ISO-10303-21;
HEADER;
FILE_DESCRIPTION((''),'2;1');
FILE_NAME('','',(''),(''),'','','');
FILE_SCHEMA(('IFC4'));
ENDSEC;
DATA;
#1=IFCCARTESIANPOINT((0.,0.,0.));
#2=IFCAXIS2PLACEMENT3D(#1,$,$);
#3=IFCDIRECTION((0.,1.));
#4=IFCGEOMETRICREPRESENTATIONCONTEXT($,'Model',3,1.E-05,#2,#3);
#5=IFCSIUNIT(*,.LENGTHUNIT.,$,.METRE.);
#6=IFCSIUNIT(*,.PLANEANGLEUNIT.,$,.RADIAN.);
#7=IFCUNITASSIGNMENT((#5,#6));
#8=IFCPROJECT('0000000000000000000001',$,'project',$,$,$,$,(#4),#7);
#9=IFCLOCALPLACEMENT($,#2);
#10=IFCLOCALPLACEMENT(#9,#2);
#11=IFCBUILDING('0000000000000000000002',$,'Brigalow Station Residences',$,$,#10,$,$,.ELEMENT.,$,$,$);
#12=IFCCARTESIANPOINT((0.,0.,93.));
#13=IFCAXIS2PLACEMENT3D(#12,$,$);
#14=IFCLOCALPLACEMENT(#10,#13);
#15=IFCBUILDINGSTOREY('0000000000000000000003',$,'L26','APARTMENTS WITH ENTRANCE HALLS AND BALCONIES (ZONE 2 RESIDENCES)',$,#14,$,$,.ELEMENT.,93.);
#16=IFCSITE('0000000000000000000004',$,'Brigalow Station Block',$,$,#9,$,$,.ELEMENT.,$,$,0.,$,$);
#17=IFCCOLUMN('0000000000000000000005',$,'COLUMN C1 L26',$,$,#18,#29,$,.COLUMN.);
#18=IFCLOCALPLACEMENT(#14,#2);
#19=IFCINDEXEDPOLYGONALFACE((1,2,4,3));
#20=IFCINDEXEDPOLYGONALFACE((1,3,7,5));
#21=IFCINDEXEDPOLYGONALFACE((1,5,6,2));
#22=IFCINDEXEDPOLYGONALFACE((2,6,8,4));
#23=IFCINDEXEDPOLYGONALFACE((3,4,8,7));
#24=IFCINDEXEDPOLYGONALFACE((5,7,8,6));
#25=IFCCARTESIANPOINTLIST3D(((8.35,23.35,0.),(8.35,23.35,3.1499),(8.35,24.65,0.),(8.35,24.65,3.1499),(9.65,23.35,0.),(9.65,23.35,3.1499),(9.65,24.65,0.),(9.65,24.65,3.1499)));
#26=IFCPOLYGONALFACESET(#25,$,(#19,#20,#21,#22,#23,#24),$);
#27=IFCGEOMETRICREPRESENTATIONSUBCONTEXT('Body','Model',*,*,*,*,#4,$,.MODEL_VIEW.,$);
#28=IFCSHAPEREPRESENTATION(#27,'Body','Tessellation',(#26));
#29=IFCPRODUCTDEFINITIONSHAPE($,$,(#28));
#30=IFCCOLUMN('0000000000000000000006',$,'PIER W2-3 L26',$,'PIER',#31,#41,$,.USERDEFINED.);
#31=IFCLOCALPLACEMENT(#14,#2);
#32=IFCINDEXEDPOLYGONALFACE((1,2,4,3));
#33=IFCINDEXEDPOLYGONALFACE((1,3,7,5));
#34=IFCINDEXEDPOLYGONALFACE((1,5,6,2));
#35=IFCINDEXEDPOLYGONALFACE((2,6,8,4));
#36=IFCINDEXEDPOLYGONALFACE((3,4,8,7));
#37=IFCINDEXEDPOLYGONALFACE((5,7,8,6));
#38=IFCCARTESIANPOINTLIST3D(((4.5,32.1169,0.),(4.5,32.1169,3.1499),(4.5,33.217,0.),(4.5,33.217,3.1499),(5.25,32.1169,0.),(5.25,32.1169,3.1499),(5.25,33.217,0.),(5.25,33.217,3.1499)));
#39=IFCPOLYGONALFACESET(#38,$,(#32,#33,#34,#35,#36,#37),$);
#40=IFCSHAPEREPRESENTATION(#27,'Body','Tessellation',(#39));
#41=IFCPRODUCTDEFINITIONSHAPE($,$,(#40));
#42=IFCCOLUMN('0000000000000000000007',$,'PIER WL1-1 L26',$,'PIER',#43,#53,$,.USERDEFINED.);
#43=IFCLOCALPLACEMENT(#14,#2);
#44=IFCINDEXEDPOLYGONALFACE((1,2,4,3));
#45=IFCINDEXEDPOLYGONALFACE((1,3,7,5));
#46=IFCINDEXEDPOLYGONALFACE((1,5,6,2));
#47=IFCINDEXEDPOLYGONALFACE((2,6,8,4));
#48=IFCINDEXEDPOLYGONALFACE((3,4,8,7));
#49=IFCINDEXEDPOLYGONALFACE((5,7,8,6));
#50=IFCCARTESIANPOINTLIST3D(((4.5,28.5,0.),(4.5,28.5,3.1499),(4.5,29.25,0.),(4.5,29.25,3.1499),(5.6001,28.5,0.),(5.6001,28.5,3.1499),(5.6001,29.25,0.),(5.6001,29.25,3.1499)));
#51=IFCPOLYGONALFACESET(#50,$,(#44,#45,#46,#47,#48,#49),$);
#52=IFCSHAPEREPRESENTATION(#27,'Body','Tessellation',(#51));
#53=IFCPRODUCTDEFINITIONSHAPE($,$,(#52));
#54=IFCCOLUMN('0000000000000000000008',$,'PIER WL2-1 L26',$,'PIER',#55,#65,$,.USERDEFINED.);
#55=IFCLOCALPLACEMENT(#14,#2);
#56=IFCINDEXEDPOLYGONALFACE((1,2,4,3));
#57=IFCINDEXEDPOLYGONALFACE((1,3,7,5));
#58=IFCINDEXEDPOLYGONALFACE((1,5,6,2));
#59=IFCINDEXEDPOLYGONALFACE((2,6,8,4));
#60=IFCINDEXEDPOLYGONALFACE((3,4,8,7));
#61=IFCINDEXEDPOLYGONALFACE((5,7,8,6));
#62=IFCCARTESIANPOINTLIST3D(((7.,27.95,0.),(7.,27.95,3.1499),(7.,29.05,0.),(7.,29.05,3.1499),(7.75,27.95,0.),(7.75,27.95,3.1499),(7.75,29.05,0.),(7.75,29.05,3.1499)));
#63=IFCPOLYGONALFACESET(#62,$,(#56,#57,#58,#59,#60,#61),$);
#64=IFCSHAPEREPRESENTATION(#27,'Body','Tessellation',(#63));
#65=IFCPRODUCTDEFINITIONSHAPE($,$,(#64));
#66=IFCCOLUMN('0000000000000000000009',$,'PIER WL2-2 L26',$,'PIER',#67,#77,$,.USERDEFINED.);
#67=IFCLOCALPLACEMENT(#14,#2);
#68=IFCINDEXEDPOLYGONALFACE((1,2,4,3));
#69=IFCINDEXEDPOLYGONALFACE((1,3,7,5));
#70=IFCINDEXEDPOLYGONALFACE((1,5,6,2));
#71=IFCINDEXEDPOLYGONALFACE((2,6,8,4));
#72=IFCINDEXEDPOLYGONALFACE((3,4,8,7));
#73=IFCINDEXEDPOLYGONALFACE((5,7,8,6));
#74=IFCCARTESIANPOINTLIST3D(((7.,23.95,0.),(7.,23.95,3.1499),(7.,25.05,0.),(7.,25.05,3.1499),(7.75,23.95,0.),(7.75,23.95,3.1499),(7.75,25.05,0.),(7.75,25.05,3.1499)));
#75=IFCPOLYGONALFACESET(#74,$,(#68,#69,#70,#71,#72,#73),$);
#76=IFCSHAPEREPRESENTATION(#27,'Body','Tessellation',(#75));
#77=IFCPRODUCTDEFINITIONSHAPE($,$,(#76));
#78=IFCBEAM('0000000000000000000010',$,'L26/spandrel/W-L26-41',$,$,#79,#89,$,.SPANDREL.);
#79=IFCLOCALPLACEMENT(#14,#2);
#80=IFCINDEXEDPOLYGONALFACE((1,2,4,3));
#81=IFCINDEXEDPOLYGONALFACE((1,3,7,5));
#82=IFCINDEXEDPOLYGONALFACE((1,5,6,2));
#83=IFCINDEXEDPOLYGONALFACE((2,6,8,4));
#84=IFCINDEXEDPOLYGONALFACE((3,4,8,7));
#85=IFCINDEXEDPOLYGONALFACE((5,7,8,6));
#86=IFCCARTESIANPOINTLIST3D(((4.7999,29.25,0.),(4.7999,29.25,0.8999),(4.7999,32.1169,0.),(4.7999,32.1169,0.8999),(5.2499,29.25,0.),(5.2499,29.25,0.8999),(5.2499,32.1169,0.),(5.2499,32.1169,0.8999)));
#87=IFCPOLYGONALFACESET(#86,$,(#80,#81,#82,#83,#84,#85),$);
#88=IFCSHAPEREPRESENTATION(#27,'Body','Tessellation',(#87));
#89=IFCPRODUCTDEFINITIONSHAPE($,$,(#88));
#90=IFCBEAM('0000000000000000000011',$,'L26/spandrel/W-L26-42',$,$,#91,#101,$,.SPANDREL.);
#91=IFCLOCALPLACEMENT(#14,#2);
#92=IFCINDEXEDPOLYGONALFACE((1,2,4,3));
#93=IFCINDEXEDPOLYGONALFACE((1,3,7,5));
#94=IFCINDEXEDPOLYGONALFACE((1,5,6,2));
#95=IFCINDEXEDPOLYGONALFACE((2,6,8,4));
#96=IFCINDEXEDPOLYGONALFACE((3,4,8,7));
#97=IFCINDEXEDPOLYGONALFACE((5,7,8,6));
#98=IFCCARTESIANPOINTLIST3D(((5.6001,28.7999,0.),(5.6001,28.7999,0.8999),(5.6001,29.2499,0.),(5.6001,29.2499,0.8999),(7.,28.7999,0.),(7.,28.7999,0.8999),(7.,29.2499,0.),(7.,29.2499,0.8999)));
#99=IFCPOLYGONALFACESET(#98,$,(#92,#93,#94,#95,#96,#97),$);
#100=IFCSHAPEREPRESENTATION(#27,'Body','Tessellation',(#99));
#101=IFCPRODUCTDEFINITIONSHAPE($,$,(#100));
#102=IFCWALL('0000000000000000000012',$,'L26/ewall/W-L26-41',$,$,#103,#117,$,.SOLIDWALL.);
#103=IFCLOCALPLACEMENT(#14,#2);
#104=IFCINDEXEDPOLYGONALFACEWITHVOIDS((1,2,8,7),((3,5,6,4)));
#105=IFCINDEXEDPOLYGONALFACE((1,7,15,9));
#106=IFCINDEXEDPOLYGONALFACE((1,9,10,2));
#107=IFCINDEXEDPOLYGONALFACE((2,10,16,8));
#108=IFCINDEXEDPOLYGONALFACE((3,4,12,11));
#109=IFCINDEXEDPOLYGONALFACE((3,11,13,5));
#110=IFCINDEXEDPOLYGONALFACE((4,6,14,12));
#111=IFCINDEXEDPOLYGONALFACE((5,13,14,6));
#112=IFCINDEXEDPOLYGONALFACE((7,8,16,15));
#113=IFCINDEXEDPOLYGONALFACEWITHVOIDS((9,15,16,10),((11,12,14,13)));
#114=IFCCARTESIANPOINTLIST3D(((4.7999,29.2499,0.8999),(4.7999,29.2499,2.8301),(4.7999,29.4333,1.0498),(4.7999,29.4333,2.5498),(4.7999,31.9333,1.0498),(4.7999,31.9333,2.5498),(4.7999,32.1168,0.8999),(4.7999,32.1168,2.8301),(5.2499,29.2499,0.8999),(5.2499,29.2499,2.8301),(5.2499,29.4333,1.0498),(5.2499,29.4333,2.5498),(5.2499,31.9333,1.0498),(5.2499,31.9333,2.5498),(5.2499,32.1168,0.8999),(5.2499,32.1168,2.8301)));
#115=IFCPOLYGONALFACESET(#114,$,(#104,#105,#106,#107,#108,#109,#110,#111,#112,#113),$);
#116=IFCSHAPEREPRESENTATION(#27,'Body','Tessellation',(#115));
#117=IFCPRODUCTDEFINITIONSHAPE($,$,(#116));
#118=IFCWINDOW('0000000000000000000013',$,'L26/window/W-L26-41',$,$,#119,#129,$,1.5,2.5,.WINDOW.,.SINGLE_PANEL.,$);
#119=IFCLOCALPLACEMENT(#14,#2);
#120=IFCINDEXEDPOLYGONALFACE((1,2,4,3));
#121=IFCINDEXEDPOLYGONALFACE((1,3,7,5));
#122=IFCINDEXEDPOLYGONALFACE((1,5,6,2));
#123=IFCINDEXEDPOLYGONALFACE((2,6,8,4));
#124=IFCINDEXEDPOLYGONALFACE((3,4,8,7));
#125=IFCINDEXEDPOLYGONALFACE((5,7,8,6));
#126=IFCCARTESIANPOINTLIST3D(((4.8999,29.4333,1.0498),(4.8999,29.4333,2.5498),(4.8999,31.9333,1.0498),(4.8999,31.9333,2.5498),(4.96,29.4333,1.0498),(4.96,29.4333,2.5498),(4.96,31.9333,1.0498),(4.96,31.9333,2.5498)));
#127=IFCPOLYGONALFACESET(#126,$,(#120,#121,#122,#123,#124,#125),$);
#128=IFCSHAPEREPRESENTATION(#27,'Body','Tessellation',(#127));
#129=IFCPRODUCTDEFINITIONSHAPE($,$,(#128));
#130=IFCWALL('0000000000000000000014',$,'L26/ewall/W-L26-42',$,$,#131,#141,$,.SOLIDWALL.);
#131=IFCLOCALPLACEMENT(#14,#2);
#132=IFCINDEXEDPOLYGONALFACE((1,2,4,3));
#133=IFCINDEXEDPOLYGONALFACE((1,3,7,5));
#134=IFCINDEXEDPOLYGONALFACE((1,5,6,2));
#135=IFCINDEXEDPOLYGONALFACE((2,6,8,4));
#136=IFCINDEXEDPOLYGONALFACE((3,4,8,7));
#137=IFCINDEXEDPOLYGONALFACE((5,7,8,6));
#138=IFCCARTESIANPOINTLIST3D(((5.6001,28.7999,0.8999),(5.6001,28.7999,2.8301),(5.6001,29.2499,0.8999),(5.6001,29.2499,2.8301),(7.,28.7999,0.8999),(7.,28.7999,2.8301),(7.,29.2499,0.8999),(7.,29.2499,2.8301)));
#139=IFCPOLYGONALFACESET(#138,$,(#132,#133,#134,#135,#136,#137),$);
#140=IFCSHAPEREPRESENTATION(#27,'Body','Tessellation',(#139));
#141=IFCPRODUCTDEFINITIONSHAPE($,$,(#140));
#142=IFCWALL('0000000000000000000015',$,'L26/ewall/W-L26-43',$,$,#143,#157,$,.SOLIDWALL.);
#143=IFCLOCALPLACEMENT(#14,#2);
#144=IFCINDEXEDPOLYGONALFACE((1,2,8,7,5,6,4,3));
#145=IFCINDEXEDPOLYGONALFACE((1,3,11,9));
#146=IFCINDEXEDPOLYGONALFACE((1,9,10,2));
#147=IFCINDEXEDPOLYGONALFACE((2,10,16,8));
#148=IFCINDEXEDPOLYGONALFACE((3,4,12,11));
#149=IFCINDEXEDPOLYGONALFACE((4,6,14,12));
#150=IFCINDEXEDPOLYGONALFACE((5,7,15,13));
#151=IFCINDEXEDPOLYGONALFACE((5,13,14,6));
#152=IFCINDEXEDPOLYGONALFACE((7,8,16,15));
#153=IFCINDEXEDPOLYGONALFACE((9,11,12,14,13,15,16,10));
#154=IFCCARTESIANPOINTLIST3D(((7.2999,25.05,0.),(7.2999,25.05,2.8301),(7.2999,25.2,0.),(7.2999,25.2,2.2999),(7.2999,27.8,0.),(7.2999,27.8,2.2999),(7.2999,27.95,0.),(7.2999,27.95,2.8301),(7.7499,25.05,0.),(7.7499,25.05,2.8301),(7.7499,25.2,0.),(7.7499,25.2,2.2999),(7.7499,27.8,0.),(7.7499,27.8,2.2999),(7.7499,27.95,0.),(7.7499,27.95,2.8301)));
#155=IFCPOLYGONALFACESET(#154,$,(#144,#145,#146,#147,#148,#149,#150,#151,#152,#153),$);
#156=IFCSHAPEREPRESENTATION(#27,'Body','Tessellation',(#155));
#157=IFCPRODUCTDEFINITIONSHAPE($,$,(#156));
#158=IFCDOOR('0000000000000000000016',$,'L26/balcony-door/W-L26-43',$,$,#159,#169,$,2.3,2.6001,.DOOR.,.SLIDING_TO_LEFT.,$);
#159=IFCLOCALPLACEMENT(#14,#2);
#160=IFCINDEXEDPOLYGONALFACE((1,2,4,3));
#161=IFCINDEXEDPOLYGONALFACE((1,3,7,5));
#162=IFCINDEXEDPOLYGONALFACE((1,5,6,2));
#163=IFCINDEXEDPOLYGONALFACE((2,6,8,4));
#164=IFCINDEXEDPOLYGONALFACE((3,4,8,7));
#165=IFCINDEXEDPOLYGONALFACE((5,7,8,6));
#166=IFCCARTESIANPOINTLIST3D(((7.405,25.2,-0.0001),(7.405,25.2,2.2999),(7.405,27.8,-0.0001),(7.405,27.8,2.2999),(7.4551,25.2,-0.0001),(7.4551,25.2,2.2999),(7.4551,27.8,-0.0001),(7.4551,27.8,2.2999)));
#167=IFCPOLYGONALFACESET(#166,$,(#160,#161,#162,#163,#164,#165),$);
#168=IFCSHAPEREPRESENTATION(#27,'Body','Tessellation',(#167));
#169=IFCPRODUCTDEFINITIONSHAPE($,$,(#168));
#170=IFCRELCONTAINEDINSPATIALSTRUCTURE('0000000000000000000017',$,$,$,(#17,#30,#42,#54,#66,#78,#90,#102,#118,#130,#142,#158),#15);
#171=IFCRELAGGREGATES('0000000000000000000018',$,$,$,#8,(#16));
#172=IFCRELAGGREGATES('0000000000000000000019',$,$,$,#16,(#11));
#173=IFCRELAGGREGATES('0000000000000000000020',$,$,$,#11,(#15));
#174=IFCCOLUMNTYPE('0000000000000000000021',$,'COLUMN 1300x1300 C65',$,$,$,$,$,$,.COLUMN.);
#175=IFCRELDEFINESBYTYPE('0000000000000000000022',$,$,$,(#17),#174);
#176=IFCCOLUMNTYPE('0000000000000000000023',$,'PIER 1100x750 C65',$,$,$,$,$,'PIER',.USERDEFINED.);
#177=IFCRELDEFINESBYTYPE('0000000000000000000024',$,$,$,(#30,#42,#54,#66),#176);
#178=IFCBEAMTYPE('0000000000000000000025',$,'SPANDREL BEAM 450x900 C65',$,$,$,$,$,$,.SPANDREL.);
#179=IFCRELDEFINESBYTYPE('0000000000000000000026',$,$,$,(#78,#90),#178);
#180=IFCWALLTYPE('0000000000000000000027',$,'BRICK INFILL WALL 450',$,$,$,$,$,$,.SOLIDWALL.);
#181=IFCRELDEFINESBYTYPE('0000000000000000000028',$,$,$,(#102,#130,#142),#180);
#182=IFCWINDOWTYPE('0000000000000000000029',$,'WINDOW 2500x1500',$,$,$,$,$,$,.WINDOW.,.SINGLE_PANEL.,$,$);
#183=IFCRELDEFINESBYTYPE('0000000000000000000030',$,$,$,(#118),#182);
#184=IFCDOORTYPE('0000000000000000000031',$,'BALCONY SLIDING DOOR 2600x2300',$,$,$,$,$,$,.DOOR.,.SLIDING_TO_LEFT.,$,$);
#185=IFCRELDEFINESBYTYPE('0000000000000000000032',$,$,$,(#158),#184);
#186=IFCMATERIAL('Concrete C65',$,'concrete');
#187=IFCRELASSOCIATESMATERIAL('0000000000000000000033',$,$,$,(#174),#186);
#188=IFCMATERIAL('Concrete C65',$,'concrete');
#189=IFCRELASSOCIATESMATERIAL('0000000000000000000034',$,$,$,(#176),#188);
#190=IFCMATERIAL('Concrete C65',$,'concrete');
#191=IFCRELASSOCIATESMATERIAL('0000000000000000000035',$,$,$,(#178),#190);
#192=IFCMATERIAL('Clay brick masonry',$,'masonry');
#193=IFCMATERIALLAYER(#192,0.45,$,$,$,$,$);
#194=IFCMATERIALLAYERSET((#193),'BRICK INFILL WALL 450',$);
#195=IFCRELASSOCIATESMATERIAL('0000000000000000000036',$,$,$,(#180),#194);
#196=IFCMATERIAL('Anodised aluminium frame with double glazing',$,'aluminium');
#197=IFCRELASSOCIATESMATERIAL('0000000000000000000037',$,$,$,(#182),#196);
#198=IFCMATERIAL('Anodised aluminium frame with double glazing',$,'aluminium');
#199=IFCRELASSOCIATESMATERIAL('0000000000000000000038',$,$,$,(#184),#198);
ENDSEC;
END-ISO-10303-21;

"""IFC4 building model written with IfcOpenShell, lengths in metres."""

from ifc_helpers import new_model, si_unit, direction, frame, frame_2d, origin, origin_2d, place, context, subcontext, project, spatial, rectangle, extrude, material, layer, layer_set, material_profile, profile_set, type_object, element, fill, save


model = new_model("IFC4")

# Units and contexts
model_context = context("Model", 3, precision=1e-05, world=origin(), true_north=direction((0.0, 1.0)))
body_context = subcontext(model_context, "Body", "Model", "MODEL_VIEW")
ifc_project = project(units=[si_unit("LENGTHUNIT", "METRE"), si_unit("PLANEANGLEUNIT", "RADIAN")], contexts=[model_context])

# Site, building, storey
site_placement = place(None, origin())
site = spatial("IfcSite", under=ifc_project, at=site_placement, Name="Brigalow Station Block", CompositionType="ELEMENT", RefElevation=0.0)
building_placement = place(site_placement, origin())
building = spatial("IfcBuilding", under=site, at=building_placement, Name="Brigalow Station Residences", CompositionType="ELEMENT")
storey_placement = place(building_placement, frame((0.0, 0.0, 93.0)))
storey = spatial("IfcBuildingStorey", under=building, at=storey_placement, Name="L26", Description="APARTMENTS WITH ENTRANCE HALLS AND BALCONIES (ZONE 2 RESIDENCES)", CompositionType="ELEMENT", Elevation=93.0)

# Columns
ifc_material_1 = material(Name="Concrete C65", Category="concrete")
ifc_material_profile_1 = material_profile(ifc_material_1, rectangle(XDim=1.3, YDim=1.3, at=origin_2d()), Name="RC1300x1300")
ifc_profile_set_1 = profile_set([ifc_material_profile_1], Name="Concrete C65")
column_type_1 = type_object("IfcColumnType", Name="COLUMN 1300x1300 C65", PredefinedType="COLUMN", material=ifc_profile_set_1)
column_placement = place(storey_placement, frame((9.0, 24.0, 0.0), z_axis=(0.0, 0.0, 1.0), x_axis=(1.0, 0.0, 0.0)))
element("IfcColumn", 1, at=column_placement, inside=storey, type_object=column_type_1, Name="COLUMN C1 L26", PredefinedType="COLUMN", context=body_context, shape_type="SweptSolid", body=[
    extrude(rectangle(XDim=1.3, YDim=1.3, at=origin_2d()), origin(), (0.0, 0.0, 1.0), 3.1499),
])
ifc_material_2 = material(Name="Concrete C65", Category="concrete")
ifc_material_profile_2 = material_profile(ifc_material_2, rectangle(XDim=1.1001, YDim=0.75, at=origin_2d()), Name="RC1100x750")
ifc_profile_set_2 = profile_set([ifc_material_profile_2], Name="Concrete C65")
column_type_2 = type_object("IfcColumnType", Name="PIER 1100x750 C65", ElementType="PIER", PredefinedType="USERDEFINED", material=ifc_profile_set_2)
for number, where, z_axis, x_axis, name in (
    (2, (4.875, 32.667, 0.0), (0.0, 0.0, 1.0), (0.0, -1.0, 0.0), "PIER W2-3 L26"),
    (3, (5.05, 28.875, 0.0), (0.0, 0.0, 1.0), (1.0, 0.0, 0.0), "PIER WL1-1 L26"),
    (4, (7.375, 28.5, 0.0), (0.0, 0.0, 1.0), (0.0, -1.0, 0.0), "PIER WL2-1 L26"),
    (5, (7.375, 24.5, 0.0), (0.0, 0.0, 1.0), (0.0, -1.0, 0.0), "PIER WL2-2 L26"),
):
    element("IfcColumn", number, at=place(storey_placement, frame(where, z_axis=z_axis, x_axis=x_axis)), inside=storey, type_object=column_type_2, Name=name, ObjectType="PIER", PredefinedType="USERDEFINED", context=body_context, shape_type="SweptSolid", body=[
        extrude(rectangle(XDim=1.1001, YDim=0.75, at=origin_2d()), origin(), (0.0, 0.0, 1.0), 3.1499),
    ])

# Beams
ifc_material_3 = material(Name="Concrete C65", Category="concrete")
ifc_material_profile_3 = material_profile(ifc_material_3, rectangle(XDim=0.45, YDim=0.8999, at=origin_2d()), Name="RC450x900")
ifc_profile_set_3 = profile_set([ifc_material_profile_3], Name="Concrete C65")
beam_type = type_object("IfcBeamType", Name="SPANDREL BEAM 450x900 C65", PredefinedType="SPANDREL", material=ifc_profile_set_3)
beam_1_placement = place(storey_placement, frame((5.0249, 32.1169, 0.45), z_axis=(0.0, -1.0, 0.0), x_axis=(1.0, 0.0, 0.0)))
element("IfcBeam", 6, at=beam_1_placement, inside=storey, type_object=beam_type, Name="L26/spandrel/W-L26-41", PredefinedType="SPANDREL", context=body_context, shape_type="SweptSolid", body=[
    extrude(rectangle(XDim=0.45, YDim=0.8999, at=origin_2d()), origin(), (0.0, 0.0, 1.0), 2.8669),
])
beam_2_placement = place(storey_placement, frame((5.6001, 29.0249, 0.45), z_axis=(1.0, 0.0, 0.0), x_axis=(0.0, 1.0, 0.0)))
element("IfcBeam", 7, at=beam_2_placement, inside=storey, type_object=beam_type, Name="L26/spandrel/W-L26-42", PredefinedType="SPANDREL", context=body_context, shape_type="SweptSolid", body=[
    extrude(rectangle(XDim=0.45, YDim=0.8999, at=origin_2d()), origin(), (0.0, 0.0, 1.0), 1.3999),
])

# Wall, opening, window
ifc_material_4 = material(Name="Clay brick masonry", Category="masonry")
ifc_layer_1 = layer(ifc_material_4, 0.45)
ifc_layer_set_1 = layer_set([ifc_layer_1], Name="BRICK INFILL WALL 450")
wall_type_1 = type_object("IfcWallType", Name="BRICK INFILL WALL 450", PredefinedType="SOLIDWALL", material=ifc_layer_set_1)
wall_1_placement = place(storey_placement, frame((5.0249, 32.1169, 0.8999), z_axis=(0.0, 0.0, 1.0), x_axis=(0.0, -1.0, 0.0)))
wall_1 = element("IfcWall", 8, at=wall_1_placement, inside=storey, type_object=wall_type_1, Name="L26/ewall/W-L26-41", PredefinedType="SOLIDWALL", context=body_context, shape_type="SweptSolid", body=[
    extrude(rectangle(XDim=2.8669, YDim=0.45, at=frame_2d((1.4336, 0.0))), origin(), (0.0, 0.0, 1.0), 1.9302),
])
opening_1_placement = place(wall_1_placement, frame((0.1836, 0.0, 0.1499)))
opening_1 = element("IfcOpeningElement", 9, at=opening_1_placement, cuts=wall_1, PredefinedType="OPENING", context=body_context, shape_type="SweptSolid", body=[
    extrude(rectangle(XDim=2.5, YDim=1.5, at=frame_2d((1.25, 0.75))), frame((0.0, 0.2349, 0.0), z_axis=(0.0, -1.0, 0.0), x_axis=(1.0, 0.0, 0.0)), (0.0, 0.0, 1.0), 0.47),
])
ifc_material_5 = material(Name="Anodised aluminium frame with double glazing", Category="aluminium")
window_type = type_object("IfcWindowType", Name="WINDOW 2500x1500", PartitioningType="SINGLE_PANEL", PredefinedType="WINDOW", material=ifc_material_5)
window_placement = place(opening_1_placement, origin())
window = element("IfcWindow", 10, at=window_placement, inside=storey, type_object=window_type, Name="L26/window/W-L26-41", OverallHeight=1.5, OverallWidth=2.5, PartitioningType="SINGLE_PANEL", PredefinedType="WINDOW", context=body_context, shape_type="SweptSolid", body=[
    extrude(rectangle(XDim=2.5, YDim=1.5, at=frame_2d((1.25, 0.75))), frame((0.0, -0.0649, 0.0), z_axis=(0.0, -1.0, 0.0), x_axis=(1.0, 0.0, 0.0)), (0.0, 0.0, 1.0), 0.0601),
])
fill(opening_1, window)

# Wall
wall_2_placement = place(storey_placement, frame((5.6001, 29.0249, 0.8999), z_axis=(0.0, 0.0, 1.0), x_axis=(1.0, 0.0, 0.0)))
element("IfcWall", 11, at=wall_2_placement, inside=storey, type_object=wall_type_1, Name="L26/ewall/W-L26-42", PredefinedType="SOLIDWALL", context=body_context, shape_type="SweptSolid", body=[
    extrude(rectangle(XDim=1.3999, YDim=0.45, at=frame_2d((0.7, 0.0))), origin(), (0.0, 0.0, 1.0), 1.9302),
])

# Wall, opening, door
wall_3_placement = place(storey_placement, frame((7.5249, 27.95, 0.0), z_axis=(0.0, 0.0, 1.0), x_axis=(0.0, -1.0, 0.0)))
wall_3 = element("IfcWall", 12, at=wall_3_placement, inside=storey, type_object=wall_type_1, Name="L26/ewall/W-L26-43", PredefinedType="SOLIDWALL", context=body_context, shape_type="SweptSolid", body=[
    extrude(rectangle(XDim=2.8999, YDim=0.45, at=frame_2d((1.45, 0.0))), origin(), (0.0, 0.0, 1.0), 2.8301),
])
opening_2_placement = place(wall_3_placement, frame((0.1499, 0.0, 0.0)))
opening_2 = element("IfcOpeningElement", 13, at=opening_2_placement, cuts=wall_3, PredefinedType="OPENING", context=body_context, shape_type="SweptSolid", body=[
    extrude(rectangle(XDim=2.6001, YDim=2.3, at=frame_2d((1.3, 1.1499))), frame((0.0, 0.2349, 0.0), z_axis=(0.0, -1.0, 0.0), x_axis=(1.0, 0.0, 0.0)), (0.0, 0.0, 1.0), 0.47),
])
ifc_material_6 = material(Name="Anodised aluminium frame with double glazing", Category="aluminium")
door_type_1 = type_object("IfcDoorType", Name="BALCONY SLIDING DOOR 2600x2300", OperationType="SLIDING_TO_LEFT", PredefinedType="DOOR", material=ifc_material_6)
door_1_placement = place(opening_2_placement, origin())
door_1 = element("IfcDoor", 14, at=door_1_placement, inside=storey, type_object=door_type_1, Name="L26/balcony-door/W-L26-43", OperationType="SLIDING_TO_LEFT", OverallHeight=2.3, OverallWidth=2.6001, PredefinedType="DOOR", context=body_context, shape_type="SweptSolid", body=[
    extrude(rectangle(XDim=2.6001, YDim=2.3, at=frame_2d((1.3, 1.1499))), frame((0.0, -0.0698, 0.0), z_axis=(0.0, -1.0, 0.0), x_axis=(1.0, 0.0, 0.0)), (0.0, 0.0, 1.0), 0.05),
])
fill(opening_2, door_1)

save(model, "model.ifc")
